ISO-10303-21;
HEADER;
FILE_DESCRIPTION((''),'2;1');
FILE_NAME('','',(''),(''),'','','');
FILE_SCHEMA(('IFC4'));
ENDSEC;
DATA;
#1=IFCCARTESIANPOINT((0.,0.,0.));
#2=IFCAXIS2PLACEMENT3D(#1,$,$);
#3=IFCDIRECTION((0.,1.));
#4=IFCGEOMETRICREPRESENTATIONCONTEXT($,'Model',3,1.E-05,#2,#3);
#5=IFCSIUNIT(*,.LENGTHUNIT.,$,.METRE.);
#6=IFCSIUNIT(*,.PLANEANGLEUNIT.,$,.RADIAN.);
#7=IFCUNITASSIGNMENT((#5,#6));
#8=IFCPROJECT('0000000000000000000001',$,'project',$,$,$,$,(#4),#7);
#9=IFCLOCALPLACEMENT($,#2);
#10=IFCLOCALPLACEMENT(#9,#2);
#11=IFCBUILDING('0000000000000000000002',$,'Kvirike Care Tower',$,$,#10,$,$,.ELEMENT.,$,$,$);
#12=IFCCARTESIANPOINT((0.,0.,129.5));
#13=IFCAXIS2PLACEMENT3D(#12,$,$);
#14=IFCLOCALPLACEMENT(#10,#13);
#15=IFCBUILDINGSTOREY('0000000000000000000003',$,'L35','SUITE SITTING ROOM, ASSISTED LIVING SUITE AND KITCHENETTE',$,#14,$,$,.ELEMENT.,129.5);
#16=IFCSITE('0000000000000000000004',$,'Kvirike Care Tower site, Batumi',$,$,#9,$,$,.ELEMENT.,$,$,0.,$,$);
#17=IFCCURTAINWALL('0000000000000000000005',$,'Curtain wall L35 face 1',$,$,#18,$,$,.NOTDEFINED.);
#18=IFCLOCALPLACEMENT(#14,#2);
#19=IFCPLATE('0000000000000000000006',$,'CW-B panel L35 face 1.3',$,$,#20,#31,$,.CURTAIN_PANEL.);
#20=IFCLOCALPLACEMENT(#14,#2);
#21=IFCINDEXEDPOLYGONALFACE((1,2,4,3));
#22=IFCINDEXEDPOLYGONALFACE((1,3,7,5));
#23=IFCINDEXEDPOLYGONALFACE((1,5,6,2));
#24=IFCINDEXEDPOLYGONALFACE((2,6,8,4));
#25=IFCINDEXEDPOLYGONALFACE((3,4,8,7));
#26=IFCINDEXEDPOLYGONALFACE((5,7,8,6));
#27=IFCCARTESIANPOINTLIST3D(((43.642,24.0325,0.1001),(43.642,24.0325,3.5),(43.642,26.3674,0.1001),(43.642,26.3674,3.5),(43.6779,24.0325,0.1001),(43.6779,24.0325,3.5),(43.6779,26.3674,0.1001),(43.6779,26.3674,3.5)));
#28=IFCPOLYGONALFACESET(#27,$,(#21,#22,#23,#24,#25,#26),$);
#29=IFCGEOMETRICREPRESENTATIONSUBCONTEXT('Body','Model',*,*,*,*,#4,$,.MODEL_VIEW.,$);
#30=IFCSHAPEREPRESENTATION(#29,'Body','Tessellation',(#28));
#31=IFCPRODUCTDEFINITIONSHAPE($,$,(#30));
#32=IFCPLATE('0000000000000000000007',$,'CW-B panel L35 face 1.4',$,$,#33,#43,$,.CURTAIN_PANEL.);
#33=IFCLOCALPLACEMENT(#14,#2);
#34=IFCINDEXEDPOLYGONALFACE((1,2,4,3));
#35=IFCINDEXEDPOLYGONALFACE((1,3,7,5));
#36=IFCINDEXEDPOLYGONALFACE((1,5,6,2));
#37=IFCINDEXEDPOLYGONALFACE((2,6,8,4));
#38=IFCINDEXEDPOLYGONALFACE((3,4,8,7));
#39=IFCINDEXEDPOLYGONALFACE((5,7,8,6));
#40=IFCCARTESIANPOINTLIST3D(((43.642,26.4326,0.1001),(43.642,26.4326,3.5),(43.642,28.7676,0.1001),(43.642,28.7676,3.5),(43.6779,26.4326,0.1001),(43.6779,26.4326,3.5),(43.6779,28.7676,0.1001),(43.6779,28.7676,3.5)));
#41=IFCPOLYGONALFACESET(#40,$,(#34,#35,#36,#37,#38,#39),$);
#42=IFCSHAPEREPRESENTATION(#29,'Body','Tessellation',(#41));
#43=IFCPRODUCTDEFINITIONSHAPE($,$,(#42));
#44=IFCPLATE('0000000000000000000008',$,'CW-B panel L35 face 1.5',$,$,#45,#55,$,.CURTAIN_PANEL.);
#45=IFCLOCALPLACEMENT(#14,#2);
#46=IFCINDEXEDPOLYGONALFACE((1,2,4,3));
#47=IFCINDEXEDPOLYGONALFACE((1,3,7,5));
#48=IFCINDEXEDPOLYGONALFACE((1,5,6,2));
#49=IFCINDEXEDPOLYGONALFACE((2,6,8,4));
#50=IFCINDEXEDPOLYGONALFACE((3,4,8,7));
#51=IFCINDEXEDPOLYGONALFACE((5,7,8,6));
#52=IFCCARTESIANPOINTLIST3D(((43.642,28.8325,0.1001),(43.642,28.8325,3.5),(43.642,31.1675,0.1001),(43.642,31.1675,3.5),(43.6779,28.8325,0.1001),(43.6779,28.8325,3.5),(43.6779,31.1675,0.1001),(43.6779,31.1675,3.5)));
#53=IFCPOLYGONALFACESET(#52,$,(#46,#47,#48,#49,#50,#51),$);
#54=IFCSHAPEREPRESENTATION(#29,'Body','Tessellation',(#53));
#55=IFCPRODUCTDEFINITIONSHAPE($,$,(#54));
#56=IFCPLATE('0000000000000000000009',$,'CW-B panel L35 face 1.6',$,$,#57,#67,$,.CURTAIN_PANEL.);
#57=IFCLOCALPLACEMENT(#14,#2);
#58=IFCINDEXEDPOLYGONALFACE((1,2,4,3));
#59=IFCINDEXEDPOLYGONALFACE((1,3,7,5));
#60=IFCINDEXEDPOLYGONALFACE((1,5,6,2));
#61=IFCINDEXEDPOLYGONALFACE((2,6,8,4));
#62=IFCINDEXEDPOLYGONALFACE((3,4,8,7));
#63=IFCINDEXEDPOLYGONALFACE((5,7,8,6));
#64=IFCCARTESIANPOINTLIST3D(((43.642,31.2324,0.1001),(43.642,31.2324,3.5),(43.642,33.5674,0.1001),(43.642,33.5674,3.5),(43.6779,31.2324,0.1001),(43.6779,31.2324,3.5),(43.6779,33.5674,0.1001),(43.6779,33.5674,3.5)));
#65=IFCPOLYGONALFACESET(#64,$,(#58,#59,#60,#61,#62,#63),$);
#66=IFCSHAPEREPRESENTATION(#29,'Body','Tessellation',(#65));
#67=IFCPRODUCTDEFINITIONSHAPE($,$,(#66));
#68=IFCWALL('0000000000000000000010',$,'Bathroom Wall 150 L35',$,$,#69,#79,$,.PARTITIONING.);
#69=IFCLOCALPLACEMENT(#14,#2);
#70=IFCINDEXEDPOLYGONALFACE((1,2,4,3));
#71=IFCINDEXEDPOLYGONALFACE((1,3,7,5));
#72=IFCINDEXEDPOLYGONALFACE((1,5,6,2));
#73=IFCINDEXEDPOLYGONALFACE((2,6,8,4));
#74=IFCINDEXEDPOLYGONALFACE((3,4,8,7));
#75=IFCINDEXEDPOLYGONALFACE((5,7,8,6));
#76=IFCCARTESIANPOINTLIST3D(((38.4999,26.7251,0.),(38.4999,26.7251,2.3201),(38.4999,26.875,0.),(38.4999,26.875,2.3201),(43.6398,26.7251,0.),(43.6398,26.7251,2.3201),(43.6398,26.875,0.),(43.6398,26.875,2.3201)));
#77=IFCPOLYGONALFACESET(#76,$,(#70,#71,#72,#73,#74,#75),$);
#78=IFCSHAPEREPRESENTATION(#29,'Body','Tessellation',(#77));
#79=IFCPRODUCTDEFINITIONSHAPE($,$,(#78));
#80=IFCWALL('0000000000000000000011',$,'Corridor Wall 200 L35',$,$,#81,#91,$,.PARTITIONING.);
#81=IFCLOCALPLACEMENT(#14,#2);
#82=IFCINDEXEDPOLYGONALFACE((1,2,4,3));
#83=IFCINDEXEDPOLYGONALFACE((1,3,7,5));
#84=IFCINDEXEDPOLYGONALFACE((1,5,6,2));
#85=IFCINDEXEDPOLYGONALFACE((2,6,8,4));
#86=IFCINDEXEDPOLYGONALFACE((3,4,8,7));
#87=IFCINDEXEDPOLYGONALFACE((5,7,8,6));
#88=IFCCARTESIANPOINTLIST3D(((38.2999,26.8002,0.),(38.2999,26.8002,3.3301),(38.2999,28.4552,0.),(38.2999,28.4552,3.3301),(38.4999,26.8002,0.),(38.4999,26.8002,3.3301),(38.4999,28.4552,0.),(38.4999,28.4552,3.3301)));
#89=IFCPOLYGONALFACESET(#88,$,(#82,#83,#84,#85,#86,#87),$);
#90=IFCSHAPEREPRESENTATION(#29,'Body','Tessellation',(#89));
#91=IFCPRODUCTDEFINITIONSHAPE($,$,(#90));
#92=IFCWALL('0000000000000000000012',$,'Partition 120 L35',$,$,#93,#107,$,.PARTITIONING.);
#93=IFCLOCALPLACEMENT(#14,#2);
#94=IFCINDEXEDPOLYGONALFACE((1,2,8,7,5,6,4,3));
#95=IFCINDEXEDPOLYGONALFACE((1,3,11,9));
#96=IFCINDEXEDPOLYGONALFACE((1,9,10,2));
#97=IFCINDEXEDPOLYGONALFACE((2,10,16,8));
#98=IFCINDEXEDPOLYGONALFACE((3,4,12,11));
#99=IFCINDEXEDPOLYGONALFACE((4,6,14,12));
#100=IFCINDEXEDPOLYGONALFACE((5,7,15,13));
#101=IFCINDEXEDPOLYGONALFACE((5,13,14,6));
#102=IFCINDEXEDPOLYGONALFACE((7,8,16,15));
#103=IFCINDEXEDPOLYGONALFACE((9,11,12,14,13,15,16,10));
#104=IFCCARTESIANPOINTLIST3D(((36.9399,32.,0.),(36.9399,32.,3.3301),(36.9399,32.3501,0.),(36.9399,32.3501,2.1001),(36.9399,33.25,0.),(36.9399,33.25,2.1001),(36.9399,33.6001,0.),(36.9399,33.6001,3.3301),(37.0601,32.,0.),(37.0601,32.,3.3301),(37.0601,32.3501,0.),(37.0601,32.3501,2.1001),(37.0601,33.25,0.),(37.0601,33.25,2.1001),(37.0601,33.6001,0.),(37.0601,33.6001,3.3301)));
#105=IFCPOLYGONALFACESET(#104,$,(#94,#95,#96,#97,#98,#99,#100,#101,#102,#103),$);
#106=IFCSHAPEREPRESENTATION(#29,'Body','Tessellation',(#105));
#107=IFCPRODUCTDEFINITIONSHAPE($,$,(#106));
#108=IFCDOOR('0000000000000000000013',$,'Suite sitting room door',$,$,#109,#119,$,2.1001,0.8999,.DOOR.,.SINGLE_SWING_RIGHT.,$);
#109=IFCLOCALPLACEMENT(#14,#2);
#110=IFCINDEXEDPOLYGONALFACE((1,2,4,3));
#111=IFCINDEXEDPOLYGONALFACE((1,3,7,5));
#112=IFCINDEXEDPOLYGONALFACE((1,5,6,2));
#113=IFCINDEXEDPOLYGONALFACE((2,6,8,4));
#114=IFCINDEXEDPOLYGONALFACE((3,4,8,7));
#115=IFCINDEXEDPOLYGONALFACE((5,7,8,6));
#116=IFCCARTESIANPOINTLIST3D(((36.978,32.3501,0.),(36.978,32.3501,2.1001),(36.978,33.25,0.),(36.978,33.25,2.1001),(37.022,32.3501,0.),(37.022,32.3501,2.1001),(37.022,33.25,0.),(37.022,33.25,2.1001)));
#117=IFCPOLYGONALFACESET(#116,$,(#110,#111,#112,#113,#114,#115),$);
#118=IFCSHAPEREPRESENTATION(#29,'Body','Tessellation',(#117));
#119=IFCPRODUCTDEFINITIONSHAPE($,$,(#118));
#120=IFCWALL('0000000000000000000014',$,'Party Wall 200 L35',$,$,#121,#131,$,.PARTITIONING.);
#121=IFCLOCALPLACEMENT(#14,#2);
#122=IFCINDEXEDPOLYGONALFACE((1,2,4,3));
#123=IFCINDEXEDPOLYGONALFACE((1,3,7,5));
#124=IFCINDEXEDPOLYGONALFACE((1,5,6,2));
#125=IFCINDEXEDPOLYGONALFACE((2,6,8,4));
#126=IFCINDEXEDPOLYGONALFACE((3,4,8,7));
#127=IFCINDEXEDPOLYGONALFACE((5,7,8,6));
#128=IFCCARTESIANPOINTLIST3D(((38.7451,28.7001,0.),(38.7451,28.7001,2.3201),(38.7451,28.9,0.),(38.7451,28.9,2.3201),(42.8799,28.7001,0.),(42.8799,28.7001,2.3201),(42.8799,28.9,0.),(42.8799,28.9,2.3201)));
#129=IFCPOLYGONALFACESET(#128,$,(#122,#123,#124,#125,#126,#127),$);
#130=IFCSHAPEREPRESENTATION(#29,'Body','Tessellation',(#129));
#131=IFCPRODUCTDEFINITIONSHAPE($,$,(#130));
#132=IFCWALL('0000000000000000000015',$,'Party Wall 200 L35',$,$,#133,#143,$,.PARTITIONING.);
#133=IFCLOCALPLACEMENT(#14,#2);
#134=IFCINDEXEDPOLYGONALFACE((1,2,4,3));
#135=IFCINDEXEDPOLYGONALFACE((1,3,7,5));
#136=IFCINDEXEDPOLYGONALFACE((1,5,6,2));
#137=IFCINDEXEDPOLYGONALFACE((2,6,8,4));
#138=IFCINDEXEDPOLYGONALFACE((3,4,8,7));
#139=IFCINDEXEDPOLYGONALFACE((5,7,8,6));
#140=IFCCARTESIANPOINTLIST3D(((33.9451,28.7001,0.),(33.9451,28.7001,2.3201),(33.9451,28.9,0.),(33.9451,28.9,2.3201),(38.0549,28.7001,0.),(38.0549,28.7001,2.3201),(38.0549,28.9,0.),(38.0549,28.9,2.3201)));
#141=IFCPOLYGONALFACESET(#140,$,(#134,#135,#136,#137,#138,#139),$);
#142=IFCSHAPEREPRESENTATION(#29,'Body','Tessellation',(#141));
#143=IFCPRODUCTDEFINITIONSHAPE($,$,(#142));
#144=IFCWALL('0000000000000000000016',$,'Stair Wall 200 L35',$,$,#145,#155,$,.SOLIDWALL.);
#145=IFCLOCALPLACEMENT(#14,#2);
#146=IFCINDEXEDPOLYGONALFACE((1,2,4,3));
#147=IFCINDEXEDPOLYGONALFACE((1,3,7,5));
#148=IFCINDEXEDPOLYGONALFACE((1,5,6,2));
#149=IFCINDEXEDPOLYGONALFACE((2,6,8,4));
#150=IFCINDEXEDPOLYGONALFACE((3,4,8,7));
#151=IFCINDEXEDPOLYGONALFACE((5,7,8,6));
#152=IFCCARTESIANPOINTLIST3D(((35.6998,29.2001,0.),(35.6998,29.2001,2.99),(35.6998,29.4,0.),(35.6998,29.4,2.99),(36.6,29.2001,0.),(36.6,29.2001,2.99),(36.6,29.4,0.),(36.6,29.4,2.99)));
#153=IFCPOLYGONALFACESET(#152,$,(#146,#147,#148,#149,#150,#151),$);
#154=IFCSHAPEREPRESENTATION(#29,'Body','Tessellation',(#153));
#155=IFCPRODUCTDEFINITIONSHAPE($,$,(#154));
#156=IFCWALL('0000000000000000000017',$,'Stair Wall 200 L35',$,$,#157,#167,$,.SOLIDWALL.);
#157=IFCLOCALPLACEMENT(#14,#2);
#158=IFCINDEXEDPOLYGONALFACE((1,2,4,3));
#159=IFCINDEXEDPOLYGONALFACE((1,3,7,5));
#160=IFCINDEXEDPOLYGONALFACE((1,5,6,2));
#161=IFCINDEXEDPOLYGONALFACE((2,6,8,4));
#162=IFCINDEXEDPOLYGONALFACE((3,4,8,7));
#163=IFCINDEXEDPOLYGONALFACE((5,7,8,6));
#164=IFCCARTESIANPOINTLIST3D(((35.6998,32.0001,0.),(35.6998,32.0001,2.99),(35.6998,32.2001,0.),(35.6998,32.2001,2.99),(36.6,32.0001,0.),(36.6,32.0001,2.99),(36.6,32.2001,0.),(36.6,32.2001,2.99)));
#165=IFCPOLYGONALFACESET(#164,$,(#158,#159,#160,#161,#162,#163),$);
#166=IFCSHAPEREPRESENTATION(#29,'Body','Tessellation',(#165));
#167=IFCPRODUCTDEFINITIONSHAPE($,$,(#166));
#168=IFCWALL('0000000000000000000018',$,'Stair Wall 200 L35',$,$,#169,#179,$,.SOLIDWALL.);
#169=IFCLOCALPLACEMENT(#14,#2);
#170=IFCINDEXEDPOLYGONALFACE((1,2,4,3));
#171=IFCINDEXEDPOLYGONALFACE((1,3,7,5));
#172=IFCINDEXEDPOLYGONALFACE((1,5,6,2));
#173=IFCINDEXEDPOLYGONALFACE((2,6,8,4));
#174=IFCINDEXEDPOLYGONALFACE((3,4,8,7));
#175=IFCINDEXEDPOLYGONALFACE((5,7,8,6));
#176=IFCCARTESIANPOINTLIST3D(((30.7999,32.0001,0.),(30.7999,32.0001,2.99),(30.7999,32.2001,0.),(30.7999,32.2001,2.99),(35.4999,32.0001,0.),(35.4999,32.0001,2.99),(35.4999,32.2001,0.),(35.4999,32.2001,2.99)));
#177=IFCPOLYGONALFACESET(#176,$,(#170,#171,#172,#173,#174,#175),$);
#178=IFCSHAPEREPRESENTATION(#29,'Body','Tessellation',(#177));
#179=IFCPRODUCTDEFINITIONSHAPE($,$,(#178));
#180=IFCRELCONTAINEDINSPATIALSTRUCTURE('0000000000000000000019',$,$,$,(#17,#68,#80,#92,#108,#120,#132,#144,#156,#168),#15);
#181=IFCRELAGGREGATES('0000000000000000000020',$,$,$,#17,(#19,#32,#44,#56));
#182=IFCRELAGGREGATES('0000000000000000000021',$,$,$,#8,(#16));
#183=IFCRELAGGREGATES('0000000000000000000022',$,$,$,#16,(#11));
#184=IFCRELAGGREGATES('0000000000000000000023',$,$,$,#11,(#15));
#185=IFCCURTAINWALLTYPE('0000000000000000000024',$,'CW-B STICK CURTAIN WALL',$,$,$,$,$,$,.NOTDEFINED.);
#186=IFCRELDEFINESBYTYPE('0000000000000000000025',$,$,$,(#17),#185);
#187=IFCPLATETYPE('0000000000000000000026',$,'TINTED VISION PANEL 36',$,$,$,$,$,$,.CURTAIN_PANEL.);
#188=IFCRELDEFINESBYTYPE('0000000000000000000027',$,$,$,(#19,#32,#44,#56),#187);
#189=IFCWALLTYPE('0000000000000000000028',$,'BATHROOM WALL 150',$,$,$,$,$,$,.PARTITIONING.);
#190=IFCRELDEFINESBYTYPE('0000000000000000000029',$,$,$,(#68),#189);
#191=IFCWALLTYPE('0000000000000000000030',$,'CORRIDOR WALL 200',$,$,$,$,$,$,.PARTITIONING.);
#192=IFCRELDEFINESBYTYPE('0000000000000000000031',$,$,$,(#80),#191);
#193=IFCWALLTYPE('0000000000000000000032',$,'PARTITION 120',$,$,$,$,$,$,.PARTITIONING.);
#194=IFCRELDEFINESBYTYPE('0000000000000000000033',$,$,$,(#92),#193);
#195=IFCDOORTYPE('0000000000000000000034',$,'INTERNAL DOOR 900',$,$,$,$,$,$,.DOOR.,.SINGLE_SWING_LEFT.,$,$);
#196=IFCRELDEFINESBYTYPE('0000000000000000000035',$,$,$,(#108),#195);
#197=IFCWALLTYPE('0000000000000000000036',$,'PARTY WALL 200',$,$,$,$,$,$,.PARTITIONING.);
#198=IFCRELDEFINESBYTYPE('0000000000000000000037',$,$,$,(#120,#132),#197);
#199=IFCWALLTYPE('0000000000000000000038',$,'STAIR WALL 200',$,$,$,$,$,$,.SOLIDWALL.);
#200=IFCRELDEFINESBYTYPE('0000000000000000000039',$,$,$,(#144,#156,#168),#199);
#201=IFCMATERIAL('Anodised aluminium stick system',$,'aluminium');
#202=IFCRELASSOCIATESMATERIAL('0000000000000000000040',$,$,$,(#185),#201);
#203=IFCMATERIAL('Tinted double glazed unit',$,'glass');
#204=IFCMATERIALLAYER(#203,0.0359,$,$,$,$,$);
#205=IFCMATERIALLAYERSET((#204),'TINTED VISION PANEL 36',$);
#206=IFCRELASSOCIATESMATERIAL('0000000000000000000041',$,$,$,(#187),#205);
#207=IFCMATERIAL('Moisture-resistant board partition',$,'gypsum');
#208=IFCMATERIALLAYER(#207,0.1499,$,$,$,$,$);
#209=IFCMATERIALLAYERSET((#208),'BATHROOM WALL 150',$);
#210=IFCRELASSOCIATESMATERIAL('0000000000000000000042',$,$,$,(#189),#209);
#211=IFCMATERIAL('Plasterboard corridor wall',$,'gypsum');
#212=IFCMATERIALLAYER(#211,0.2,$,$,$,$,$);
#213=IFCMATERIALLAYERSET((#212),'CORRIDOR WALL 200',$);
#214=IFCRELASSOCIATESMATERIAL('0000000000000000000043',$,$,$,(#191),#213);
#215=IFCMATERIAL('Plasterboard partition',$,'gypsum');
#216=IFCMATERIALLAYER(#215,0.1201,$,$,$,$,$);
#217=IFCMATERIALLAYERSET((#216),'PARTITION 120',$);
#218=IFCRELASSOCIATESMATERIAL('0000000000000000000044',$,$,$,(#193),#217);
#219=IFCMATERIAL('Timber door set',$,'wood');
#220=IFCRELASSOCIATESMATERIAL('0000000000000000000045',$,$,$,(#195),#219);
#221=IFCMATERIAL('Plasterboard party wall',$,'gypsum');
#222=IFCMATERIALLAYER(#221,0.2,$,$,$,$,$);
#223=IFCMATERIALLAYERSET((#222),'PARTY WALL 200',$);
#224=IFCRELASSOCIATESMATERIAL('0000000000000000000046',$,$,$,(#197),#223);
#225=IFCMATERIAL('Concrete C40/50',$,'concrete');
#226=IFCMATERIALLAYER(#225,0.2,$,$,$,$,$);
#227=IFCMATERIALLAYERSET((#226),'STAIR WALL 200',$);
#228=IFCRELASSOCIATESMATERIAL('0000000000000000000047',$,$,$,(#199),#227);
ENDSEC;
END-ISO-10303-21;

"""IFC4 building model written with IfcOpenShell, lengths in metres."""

from ifc_helpers import new_model, si_unit, direction, frame, frame_2d, origin, origin_2d, place, context, subcontext, project, spatial, rectangle, extrude, material, layer, layer_set, type_object, element, fill, aggregate, save


model = new_model("IFC4")

# Units and contexts
model_context = context("Model", 3, precision=1e-05, world=origin(), true_north=direction((0.0, 1.0)))
body_context = subcontext(model_context, "Body", "Model", "MODEL_VIEW")
ifc_project = project(units=[si_unit("LENGTHUNIT", "METRE"), si_unit("PLANEANGLEUNIT", "RADIAN")], contexts=[model_context])

# Site, building, storey
site_placement = place(None, origin())
site = spatial("IfcSite", under=ifc_project, at=site_placement, Name="Kvirike Care Tower site, Batumi", CompositionType="ELEMENT", RefElevation=0.0)
building_placement = place(site_placement, origin())
building = spatial("IfcBuilding", under=site, at=building_placement, Name="Kvirike Care Tower", CompositionType="ELEMENT")
storey_placement = place(building_placement, frame((0.0, 0.0, 129.5)))
storey = spatial("IfcBuildingStorey", under=building, at=storey_placement, Name="L35", Description="SUITE SITTING ROOM, ASSISTED LIVING SUITE AND KITCHENETTE", CompositionType="ELEMENT", Elevation=129.5)

# Curtain wall
ifc_material_1 = material(Name="Anodised aluminium stick system", Category="aluminium")
curtain_wall_type = type_object("IfcCurtainWallType", Name="CW-B STICK CURTAIN WALL", PredefinedType="NOTDEFINED", material=ifc_material_1)
curtain_wall_placement = place(storey_placement, origin())
curtain_wall = element("IfcCurtainWall", 1, at=curtain_wall_placement, inside=storey, type_object=curtain_wall_type, Name="Curtain wall L35 face 1", PredefinedType="NOTDEFINED")

# Plates
ifc_material_2 = material(Name="Tinted double glazed unit", Category="glass")
ifc_layer_1 = layer(ifc_material_2, 0.0359)
ifc_layer_set_1 = layer_set([ifc_layer_1], Name="TINTED VISION PANEL 36")
plate_type = type_object("IfcPlateType", Name="TINTED VISION PANEL 36", PredefinedType="CURTAIN_PANEL", material=ifc_layer_set_1)
plate_1_placement = place(storey_placement, frame((43.6599, 25.2, 0.1001), z_axis=(0.0, 0.0, 1.0), x_axis=(0.0, 1.0, 0.0)))
plate_1 = element("IfcPlate", 2, at=plate_1_placement, type_object=plate_type, Name="CW-B panel L35 face 1.3", PredefinedType="CURTAIN_PANEL", context=body_context, shape_type="SweptSolid", body=[
    extrude(rectangle(XDim=2.335, YDim=0.0359, at=origin_2d()), origin(), (0.0, 0.0, 1.0), 3.3999),
])
plate_2_placement = place(storey_placement, frame((43.6599, 27.6001, 0.1001), z_axis=(0.0, 0.0, 1.0), x_axis=(0.0, 1.0, 0.0)))
plate_2 = element("IfcPlate", 3, at=plate_2_placement, type_object=plate_type, Name="CW-B panel L35 face 1.4", PredefinedType="CURTAIN_PANEL", context=body_context, shape_type="SweptSolid", body=[
    extrude(rectangle(XDim=2.335, YDim=0.0359, at=origin_2d()), origin(), (0.0, 0.0, 1.0), 3.3999),
])
plate_3_placement = place(storey_placement, frame((43.6599, 30.0, 0.1001), z_axis=(0.0, 0.0, 1.0), x_axis=(0.0, 1.0, 0.0)))
plate_3 = element("IfcPlate", 4, at=plate_3_placement, type_object=plate_type, Name="CW-B panel L35 face 1.5", PredefinedType="CURTAIN_PANEL", context=body_context, shape_type="SweptSolid", body=[
    extrude(rectangle(XDim=2.335, YDim=0.0359, at=origin_2d()), origin(), (0.0, 0.0, 1.0), 3.3999),
])
plate_4_placement = place(storey_placement, frame((43.6599, 32.3999, 0.1001), z_axis=(0.0, 0.0, 1.0), x_axis=(0.0, 1.0, 0.0)))
plate_4 = element("IfcPlate", 5, at=plate_4_placement, type_object=plate_type, Name="CW-B panel L35 face 1.6", PredefinedType="CURTAIN_PANEL", context=body_context, shape_type="SweptSolid", body=[
    extrude(rectangle(XDim=2.335, YDim=0.0359, at=origin_2d()), origin(), (0.0, 0.0, 1.0), 3.3999),
])
aggregate(curtain_wall, [plate_1, plate_2, plate_3, plate_4])

# Walls
ifc_material_3 = material(Name="Moisture-resistant board partition", Category="gypsum")
ifc_layer_2 = layer(ifc_material_3, 0.1499)
ifc_layer_set_2 = layer_set([ifc_layer_2], Name="BATHROOM WALL 150")
wall_type_1 = type_object("IfcWallType", Name="BATHROOM WALL 150", PredefinedType="PARTITIONING", material=ifc_layer_set_2)
wall_1_placement = place(storey_placement, frame((38.5, 26.8, 0.0), z_axis=(0.0, 0.0, 1.0), x_axis=(1.0, 0.0, 0.0)))
element("IfcWall", 6, at=wall_1_placement, inside=storey, type_object=wall_type_1, Name="Bathroom Wall 150 L35", PredefinedType="PARTITIONING", context=body_context, shape_type="SweptSolid", body=[
    extrude(rectangle(XDim=5.1399, YDim=0.1499, at=frame_2d((2.5698, 0.0))), origin(), (0.0, 0.0, 1.0), 2.3201),
])
ifc_material_4 = material(Name="Plasterboard corridor wall", Category="gypsum")
ifc_layer_3 = layer(ifc_material_4, 0.2)
ifc_layer_set_3 = layer_set([ifc_layer_3], Name="CORRIDOR WALL 200")
wall_type_2 = type_object("IfcWallType", Name="CORRIDOR WALL 200", PredefinedType="PARTITIONING", material=ifc_layer_set_3)
wall_2_placement = place(storey_placement, frame((38.3999, 26.8, 0.0), z_axis=(0.0, 0.0, 1.0), x_axis=(0.0, 1.0, 0.0)))
element("IfcWall", 7, at=wall_2_placement, inside=storey, type_object=wall_type_2, Name="Corridor Wall 200 L35", PredefinedType="PARTITIONING", context=body_context, shape_type="SweptSolid", body=[
    extrude(rectangle(XDim=1.655, YDim=0.2, at=frame_2d((0.8276, 0.0))), origin(), (0.0, 0.0, 1.0), 3.3301),
])

# Wall, opening, door
ifc_material_5 = material(Name="Plasterboard partition", Category="gypsum")
ifc_layer_4 = layer(ifc_material_5, 0.1201)
ifc_layer_set_4 = layer_set([ifc_layer_4], Name="PARTITION 120")
wall_type_3 = type_object("IfcWallType", Name="PARTITION 120", PredefinedType="PARTITIONING", material=ifc_layer_set_4)
wall_3_placement = place(storey_placement, frame((37.0, 32.0, 0.0), z_axis=(0.0, 0.0, 1.0), x_axis=(0.0, 1.0, 0.0)))
wall_3 = element("IfcWall", 8, at=wall_3_placement, inside=storey, type_object=wall_type_3, Name="Partition 120 L35", PredefinedType="PARTITIONING", context=body_context, shape_type="SweptSolid", body=[
    extrude(rectangle(XDim=1.6001, YDim=0.1201, at=frame_2d((0.8, 0.0))), origin(), (0.0, 0.0, 1.0), 3.3301),
])
opening_placement = place(wall_3_placement, frame((0.3501, 0.0, 0.0)))
opening = element("IfcOpeningElement", 9, at=opening_placement, cuts=wall_3, PredefinedType="OPENING", context=body_context, shape_type="SweptSolid", body=[
    extrude(rectangle(XDim=0.8999, YDim=2.1001, at=frame_2d((0.45, 1.05))), frame((0.0, 0.0706, 0.0), z_axis=(0.0, -1.0, 0.0), x_axis=(1.0, 0.0, 0.0)), (0.0, 0.0, 1.0), 0.1411),
])
ifc_material_6 = material(Name="Timber door set", Category="wood")
door_type = type_object("IfcDoorType", Name="INTERNAL DOOR 900", OperationType="SINGLE_SWING_LEFT", PredefinedType="DOOR", material=ifc_material_6)
door_placement = place(opening_placement, origin())
door = element("IfcDoor", 10, at=door_placement, inside=storey, type_object=door_type, Name="Suite sitting room door", OperationType="SINGLE_SWING_RIGHT", OverallHeight=2.1001, OverallWidth=0.8999, PredefinedType="DOOR", context=body_context, shape_type="SweptSolid", body=[
    extrude(rectangle(XDim=0.8999, YDim=2.1001, at=frame_2d((0.45, 1.05))), frame((0.0, 0.022, 0.0), z_axis=(0.0, -1.0, 0.0), x_axis=(1.0, 0.0, 0.0)), (0.0, 0.0, 1.0), 0.0439),
])
fill(opening, door)

# Walls
ifc_material_7 = material(Name="Plasterboard party wall", Category="gypsum")
ifc_layer_5 = layer(ifc_material_7, 0.2)
ifc_layer_set_5 = layer_set([ifc_layer_5], Name="PARTY WALL 200")
wall_type_4 = type_object("IfcWallType", Name="PARTY WALL 200", PredefinedType="PARTITIONING", material=ifc_layer_set_5)
wall_4_placement = place(storey_placement, frame((42.8799, 28.8, 0.0), z_axis=(0.0, 0.0, 1.0), x_axis=(-1.0, 0.0, 0.0)))
element("IfcWall", 11, at=wall_4_placement, inside=storey, type_object=wall_type_4, Name="Party Wall 200 L35", PredefinedType="PARTITIONING", context=body_context, shape_type="SweptSolid", body=[
    extrude(rectangle(XDim=4.1348, YDim=0.2, at=frame_2d((2.0674, 0.0))), origin(), (0.0, 0.0, 1.0), 2.3201),
])
wall_5_placement = place(storey_placement, frame((38.0549, 28.8, 0.0), z_axis=(0.0, 0.0, 1.0), x_axis=(-1.0, 0.0, 0.0)))
element("IfcWall", 12, at=wall_5_placement, inside=storey, type_object=wall_type_4, Name="Party Wall 200 L35", PredefinedType="PARTITIONING", context=body_context, shape_type="SweptSolid", body=[
    extrude(rectangle(XDim=4.1099, YDim=0.2, at=frame_2d((2.0549, 0.0))), origin(), (0.0, 0.0, 1.0), 2.3201),
])
ifc_material_8 = material(Name="Concrete C40/50", Category="concrete")
ifc_layer_6 = layer(ifc_material_8, 0.2)
ifc_layer_set_6 = layer_set([ifc_layer_6], Name="STAIR WALL 200")
wall_type_5 = type_object("IfcWallType", Name="STAIR WALL 200", PredefinedType="SOLIDWALL", material=ifc_layer_set_6)
for number, where, z_axis, x_axis, name in (
    (13, (36.6001, 29.3, 0.0), (0.0, 0.0, 1.0), (-1.0, 0.0, 0.0), "Stair Wall 200 L35"),
    (14, (36.6001, 32.1001, 0.0), (0.0, 0.0, 1.0), (-1.0, 0.0, 0.0), "Stair Wall 200 L35"),
):
    element("IfcWall", number, at=place(storey_placement, frame(where, z_axis=z_axis, x_axis=x_axis)), inside=storey, type_object=wall_type_5, Name=name, PredefinedType="SOLIDWALL", context=body_context, shape_type="SweptSolid", body=[
        extrude(rectangle(XDim=0.9001, YDim=0.2, at=frame_2d((0.4502, 0.0))), origin(), (0.0, 0.0, 1.0), 2.99),
    ])
wall_6_placement = place(storey_placement, frame((35.5, 32.1001, 0.0), z_axis=(0.0, 0.0, 1.0), x_axis=(-1.0, 0.0, 0.0)))
element("IfcWall", 15, at=wall_6_placement, inside=storey, type_object=wall_type_5, Name="Stair Wall 200 L35", PredefinedType="SOLIDWALL", context=body_context, shape_type="SweptSolid", body=[
    extrude(rectangle(XDim=4.7, YDim=0.2, at=frame_2d((2.3501, 0.0))), origin(), (0.0, 0.0, 1.0), 2.99),
])

save(model, "model.ifc")
